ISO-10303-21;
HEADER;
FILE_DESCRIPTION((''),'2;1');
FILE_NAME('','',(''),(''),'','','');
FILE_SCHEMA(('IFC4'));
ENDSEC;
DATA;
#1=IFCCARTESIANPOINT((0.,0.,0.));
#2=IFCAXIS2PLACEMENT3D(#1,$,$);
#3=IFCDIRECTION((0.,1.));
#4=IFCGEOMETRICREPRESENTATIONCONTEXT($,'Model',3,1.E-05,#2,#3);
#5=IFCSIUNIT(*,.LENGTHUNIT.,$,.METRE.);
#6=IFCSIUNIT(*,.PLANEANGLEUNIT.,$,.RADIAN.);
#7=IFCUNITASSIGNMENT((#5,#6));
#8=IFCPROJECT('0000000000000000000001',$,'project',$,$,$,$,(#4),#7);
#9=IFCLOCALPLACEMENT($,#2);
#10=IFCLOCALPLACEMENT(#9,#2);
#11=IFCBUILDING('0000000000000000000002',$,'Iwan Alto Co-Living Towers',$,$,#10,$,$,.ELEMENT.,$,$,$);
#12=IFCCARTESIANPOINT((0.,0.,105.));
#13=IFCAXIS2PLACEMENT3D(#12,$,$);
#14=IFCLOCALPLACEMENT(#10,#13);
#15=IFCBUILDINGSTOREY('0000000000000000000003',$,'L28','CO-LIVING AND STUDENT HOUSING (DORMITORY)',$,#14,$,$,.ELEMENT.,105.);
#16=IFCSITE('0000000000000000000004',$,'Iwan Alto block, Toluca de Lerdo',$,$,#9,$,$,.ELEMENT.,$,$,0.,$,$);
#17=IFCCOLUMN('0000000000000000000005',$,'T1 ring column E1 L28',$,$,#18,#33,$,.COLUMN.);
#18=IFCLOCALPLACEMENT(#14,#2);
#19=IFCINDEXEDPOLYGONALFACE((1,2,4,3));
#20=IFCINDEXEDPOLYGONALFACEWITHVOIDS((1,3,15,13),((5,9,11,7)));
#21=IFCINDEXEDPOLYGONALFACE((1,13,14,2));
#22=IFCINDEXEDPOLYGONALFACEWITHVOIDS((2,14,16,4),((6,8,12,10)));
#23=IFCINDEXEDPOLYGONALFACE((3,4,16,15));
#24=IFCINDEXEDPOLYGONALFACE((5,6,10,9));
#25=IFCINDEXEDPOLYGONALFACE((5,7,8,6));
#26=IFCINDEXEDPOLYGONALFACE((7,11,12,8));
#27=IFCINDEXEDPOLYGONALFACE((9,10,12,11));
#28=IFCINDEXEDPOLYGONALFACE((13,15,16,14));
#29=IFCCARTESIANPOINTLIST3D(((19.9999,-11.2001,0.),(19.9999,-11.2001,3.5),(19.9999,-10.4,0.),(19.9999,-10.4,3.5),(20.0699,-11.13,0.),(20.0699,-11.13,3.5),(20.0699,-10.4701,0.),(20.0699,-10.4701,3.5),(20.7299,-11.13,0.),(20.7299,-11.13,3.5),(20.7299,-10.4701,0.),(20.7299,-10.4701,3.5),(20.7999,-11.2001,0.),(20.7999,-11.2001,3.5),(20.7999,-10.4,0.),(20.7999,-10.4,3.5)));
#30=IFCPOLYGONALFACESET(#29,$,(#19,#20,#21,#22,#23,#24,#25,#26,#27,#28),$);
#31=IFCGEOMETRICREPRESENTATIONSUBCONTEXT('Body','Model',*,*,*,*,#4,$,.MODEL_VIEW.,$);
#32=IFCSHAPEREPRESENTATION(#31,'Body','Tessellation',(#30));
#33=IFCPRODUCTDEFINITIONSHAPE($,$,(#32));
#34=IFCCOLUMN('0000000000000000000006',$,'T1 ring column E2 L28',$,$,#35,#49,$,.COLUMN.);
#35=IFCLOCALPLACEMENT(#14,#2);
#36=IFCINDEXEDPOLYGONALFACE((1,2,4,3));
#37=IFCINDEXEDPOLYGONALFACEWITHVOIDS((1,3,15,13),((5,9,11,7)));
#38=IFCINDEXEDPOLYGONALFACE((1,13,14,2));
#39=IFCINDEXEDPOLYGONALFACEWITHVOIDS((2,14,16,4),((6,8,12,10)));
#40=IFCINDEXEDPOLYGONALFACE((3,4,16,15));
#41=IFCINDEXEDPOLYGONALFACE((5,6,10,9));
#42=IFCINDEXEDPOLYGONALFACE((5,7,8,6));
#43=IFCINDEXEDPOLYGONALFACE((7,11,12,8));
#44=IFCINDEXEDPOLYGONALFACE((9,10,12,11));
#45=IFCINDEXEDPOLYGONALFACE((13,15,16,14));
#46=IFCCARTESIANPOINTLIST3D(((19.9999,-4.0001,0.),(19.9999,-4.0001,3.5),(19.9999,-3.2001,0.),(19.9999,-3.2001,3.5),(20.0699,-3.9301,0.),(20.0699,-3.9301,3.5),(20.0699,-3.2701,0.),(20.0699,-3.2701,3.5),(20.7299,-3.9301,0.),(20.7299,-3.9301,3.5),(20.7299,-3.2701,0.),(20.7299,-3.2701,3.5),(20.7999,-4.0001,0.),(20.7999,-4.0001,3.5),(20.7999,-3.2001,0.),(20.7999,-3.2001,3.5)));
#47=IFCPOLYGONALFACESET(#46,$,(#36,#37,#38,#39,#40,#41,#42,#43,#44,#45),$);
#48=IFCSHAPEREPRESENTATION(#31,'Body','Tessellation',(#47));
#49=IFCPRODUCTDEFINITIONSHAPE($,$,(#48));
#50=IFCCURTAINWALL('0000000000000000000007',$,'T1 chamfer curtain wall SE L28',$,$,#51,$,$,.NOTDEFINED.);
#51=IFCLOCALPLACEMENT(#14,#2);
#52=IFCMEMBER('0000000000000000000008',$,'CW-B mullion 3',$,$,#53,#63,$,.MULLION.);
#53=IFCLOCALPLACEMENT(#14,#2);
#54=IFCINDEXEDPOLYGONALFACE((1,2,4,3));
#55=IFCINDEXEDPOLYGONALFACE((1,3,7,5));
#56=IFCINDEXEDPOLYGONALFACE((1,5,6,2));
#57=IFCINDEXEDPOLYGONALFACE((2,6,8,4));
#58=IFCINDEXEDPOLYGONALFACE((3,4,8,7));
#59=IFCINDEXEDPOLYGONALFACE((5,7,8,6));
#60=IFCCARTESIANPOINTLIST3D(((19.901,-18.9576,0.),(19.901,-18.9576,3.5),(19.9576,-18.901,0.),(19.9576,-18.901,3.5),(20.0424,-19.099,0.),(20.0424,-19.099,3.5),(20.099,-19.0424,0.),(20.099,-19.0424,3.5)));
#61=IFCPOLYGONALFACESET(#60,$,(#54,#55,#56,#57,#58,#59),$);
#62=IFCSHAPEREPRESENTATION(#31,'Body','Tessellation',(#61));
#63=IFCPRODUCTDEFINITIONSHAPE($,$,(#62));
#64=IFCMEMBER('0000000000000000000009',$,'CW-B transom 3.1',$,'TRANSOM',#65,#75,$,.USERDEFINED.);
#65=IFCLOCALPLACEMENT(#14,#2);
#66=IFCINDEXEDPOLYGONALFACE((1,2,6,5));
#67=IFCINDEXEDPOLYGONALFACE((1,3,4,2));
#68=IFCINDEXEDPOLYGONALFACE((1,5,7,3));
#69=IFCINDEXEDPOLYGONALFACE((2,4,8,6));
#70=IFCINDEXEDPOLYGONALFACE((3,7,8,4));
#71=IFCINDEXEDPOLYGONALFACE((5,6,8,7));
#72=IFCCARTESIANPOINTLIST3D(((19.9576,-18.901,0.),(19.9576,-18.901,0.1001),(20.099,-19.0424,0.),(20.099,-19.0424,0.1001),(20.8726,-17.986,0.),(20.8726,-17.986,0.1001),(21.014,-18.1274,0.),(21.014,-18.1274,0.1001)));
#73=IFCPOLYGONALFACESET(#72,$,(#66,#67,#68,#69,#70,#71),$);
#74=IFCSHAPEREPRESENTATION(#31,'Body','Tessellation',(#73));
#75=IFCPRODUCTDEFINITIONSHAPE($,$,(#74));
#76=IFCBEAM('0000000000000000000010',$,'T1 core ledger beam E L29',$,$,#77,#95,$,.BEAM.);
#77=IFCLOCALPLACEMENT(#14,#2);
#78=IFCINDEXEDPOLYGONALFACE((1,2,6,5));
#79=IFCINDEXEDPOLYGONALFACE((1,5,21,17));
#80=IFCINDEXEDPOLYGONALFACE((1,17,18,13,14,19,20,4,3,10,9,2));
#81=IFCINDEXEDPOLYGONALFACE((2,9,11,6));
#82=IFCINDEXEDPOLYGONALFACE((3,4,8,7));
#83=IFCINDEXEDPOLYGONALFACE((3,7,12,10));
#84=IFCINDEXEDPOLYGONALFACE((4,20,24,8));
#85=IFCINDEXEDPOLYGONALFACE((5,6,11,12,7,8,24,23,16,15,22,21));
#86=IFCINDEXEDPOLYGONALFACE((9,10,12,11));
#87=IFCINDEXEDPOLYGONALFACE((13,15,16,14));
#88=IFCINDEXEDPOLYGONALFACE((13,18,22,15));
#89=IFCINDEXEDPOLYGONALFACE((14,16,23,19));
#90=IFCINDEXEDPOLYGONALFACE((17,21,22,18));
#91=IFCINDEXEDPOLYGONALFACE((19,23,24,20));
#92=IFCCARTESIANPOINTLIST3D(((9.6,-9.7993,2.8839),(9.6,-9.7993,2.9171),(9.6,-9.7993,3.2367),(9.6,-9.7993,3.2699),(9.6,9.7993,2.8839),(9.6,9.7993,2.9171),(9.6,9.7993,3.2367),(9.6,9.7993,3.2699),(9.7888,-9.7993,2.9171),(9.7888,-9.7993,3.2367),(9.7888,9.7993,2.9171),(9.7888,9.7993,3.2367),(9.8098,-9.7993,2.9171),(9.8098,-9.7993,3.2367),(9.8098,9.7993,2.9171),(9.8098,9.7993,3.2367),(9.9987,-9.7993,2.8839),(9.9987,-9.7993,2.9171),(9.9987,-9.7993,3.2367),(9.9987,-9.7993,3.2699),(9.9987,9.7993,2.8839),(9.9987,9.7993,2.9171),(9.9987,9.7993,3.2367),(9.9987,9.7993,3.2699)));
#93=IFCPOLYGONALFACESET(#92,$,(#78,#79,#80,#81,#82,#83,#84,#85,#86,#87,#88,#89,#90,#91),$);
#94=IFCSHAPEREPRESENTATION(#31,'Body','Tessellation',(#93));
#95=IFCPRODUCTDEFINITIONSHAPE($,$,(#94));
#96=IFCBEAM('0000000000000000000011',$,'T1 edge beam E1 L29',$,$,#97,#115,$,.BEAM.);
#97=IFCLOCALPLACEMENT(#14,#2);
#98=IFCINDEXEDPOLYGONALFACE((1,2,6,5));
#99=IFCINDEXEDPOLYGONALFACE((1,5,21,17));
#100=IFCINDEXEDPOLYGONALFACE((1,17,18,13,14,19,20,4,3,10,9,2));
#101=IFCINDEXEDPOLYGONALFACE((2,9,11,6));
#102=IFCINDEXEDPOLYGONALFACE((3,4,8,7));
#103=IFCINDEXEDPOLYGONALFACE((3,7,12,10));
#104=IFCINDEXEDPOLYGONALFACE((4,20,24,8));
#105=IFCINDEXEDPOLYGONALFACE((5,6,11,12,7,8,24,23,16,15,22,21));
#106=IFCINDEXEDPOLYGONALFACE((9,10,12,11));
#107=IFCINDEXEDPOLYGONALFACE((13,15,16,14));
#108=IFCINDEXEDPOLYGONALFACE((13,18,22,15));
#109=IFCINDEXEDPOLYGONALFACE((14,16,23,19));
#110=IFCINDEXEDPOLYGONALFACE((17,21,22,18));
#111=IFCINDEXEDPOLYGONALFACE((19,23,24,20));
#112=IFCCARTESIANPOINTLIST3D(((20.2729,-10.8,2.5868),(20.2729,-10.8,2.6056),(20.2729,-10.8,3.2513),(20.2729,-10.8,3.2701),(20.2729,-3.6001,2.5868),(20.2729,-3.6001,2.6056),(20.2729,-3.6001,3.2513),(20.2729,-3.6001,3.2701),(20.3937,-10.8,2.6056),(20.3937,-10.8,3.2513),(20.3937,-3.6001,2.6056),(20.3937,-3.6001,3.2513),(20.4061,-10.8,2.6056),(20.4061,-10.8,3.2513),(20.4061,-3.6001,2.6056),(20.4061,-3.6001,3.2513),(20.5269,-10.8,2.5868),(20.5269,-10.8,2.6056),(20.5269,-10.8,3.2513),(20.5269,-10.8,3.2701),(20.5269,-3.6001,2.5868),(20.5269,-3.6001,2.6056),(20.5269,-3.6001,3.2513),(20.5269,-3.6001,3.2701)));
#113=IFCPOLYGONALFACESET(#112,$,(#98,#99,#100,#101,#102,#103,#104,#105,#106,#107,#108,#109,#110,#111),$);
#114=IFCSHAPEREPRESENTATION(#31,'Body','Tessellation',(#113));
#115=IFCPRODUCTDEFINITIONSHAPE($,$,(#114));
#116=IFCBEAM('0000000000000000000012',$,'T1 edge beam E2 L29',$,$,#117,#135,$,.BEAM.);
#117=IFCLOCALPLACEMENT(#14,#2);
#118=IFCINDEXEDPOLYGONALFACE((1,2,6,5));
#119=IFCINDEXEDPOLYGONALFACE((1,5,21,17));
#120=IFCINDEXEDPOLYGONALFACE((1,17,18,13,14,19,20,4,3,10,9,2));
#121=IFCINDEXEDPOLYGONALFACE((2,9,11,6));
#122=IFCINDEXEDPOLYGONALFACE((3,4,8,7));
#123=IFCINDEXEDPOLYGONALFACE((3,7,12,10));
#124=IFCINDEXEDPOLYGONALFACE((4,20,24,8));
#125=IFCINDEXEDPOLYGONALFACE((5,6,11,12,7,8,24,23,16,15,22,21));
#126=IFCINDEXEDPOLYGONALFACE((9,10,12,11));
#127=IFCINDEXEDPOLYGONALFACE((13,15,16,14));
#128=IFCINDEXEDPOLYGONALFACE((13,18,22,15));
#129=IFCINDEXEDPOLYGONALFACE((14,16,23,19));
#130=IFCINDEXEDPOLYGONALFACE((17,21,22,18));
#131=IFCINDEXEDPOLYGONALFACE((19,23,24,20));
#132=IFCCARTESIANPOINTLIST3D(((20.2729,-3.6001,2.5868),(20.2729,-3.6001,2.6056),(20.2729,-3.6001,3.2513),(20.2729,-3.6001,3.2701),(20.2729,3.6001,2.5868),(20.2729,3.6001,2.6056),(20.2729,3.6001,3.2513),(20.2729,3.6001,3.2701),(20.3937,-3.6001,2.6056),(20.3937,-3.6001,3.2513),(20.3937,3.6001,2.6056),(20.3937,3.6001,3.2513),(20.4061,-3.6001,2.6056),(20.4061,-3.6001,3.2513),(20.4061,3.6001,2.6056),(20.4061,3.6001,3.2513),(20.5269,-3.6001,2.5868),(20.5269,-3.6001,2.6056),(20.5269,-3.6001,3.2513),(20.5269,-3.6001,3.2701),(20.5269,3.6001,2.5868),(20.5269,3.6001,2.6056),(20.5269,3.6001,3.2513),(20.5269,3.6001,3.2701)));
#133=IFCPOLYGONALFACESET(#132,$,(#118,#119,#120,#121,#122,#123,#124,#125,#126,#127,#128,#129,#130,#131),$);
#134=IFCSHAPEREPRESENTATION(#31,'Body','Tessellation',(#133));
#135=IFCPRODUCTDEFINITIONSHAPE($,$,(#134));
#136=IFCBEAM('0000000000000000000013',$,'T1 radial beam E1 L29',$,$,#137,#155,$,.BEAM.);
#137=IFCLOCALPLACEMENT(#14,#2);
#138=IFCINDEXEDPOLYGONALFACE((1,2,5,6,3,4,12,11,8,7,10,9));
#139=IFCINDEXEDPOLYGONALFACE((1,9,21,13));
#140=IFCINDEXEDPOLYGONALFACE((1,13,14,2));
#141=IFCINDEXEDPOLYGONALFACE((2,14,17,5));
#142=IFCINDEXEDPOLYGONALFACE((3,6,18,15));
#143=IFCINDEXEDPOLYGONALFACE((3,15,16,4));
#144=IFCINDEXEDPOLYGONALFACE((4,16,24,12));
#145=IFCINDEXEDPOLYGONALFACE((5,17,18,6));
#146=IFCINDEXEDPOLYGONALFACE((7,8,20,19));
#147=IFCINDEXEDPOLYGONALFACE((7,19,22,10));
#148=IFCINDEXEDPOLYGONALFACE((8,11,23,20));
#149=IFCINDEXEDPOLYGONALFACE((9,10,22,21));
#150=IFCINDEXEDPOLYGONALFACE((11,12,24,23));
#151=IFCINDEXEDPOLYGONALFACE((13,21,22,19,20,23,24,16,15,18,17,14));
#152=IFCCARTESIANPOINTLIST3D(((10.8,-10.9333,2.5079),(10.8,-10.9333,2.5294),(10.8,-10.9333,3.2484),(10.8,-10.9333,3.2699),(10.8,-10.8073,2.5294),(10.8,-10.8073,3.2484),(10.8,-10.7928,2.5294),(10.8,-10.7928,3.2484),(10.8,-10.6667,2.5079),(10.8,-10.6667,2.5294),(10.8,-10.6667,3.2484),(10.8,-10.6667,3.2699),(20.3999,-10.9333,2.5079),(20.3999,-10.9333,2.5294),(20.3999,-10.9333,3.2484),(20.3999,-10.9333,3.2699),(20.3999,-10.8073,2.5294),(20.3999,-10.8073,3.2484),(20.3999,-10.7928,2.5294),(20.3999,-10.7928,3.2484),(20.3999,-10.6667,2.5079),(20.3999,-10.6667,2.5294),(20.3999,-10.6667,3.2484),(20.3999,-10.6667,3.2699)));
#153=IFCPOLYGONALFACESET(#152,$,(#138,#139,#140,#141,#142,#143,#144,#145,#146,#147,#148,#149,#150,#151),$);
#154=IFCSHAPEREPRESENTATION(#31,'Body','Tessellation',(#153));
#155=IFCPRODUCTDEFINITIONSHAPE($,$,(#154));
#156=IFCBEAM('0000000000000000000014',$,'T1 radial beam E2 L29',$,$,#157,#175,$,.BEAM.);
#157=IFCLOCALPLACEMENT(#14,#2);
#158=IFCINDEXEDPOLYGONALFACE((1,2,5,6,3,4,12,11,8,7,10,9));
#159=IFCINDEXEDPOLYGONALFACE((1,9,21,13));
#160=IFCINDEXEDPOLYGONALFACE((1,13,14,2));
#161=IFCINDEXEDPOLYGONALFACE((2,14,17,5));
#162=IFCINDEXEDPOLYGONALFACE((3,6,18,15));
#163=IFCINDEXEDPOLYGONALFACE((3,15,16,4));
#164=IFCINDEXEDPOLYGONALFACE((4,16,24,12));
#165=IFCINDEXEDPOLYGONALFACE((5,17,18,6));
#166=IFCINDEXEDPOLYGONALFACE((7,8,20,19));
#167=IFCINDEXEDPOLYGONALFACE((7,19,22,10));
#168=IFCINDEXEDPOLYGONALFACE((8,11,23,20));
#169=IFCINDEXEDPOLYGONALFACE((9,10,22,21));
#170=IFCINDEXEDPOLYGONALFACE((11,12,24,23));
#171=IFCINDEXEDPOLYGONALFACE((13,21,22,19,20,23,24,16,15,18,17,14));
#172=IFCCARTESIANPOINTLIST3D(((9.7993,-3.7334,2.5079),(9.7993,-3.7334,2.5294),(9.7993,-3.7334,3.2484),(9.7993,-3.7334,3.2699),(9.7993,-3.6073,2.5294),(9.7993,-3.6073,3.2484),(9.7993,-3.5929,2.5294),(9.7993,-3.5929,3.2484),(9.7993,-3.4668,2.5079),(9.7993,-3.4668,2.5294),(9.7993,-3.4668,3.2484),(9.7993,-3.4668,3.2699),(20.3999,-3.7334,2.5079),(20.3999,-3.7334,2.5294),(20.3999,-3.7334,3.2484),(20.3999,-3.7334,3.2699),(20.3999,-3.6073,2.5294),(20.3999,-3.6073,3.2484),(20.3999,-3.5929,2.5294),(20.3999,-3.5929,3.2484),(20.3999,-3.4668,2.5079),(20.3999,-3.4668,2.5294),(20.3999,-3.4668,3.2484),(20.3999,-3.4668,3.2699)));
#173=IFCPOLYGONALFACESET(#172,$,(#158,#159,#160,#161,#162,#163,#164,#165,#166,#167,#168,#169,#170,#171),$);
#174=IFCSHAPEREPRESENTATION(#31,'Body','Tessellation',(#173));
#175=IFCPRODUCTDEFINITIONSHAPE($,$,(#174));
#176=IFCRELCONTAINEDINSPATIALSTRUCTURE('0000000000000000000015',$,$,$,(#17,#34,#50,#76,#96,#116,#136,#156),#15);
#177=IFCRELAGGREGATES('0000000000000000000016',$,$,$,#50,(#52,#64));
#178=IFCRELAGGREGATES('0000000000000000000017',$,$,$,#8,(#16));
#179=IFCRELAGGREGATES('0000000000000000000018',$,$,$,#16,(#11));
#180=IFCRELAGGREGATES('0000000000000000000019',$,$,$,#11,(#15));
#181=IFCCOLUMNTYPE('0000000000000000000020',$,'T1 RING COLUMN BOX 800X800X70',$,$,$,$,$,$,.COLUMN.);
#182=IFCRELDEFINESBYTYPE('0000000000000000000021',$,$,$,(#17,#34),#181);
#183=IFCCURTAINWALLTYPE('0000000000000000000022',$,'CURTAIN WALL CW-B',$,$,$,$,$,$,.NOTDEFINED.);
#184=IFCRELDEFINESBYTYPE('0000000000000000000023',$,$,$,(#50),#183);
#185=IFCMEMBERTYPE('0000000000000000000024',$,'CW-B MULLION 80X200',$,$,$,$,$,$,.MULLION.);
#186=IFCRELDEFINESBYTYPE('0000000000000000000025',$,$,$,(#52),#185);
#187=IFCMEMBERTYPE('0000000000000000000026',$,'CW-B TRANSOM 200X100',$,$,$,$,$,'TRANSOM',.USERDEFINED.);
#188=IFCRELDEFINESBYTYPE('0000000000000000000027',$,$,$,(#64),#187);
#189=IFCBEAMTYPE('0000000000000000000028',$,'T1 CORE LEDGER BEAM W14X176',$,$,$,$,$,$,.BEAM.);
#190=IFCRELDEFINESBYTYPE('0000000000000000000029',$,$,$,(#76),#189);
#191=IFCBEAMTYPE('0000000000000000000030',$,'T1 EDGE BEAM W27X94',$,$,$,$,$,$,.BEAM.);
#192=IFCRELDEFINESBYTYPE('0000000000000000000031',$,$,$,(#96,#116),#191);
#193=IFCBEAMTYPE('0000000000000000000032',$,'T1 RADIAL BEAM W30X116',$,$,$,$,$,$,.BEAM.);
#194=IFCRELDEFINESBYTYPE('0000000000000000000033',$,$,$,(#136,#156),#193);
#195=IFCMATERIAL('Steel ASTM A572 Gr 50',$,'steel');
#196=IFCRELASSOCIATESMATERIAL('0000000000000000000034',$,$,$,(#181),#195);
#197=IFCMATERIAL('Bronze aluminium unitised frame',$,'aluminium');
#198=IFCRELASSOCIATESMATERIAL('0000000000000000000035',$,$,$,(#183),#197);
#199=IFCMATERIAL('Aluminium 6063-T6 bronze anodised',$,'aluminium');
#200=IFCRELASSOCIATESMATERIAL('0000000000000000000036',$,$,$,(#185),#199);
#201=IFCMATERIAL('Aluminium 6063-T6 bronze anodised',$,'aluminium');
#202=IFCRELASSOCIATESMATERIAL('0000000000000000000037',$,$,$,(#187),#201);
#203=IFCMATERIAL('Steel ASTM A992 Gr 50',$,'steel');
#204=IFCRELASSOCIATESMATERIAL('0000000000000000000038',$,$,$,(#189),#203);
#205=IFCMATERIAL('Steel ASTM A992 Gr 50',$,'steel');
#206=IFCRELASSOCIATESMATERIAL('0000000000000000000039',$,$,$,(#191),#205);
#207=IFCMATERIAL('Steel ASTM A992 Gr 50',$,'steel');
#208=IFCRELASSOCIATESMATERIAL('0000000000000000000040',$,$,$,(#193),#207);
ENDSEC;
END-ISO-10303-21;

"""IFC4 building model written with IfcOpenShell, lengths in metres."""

from ifc_helpers import new_model, si_unit, direction, frame, origin, origin_2d, place, context, subcontext, project, spatial, rectangle, hollow_rectangle, i_section, extrude, material, material_profile, profile_set, type_object, element, aggregate, save


model = new_model("IFC4")

# Units and contexts
model_context = context("Model", 3, precision=1e-05, world=origin(), true_north=direction((0.0, 1.0)))
body_context = subcontext(model_context, "Body", "Model", "MODEL_VIEW")
ifc_project = project(units=[si_unit("LENGTHUNIT", "METRE"), si_unit("PLANEANGLEUNIT", "RADIAN")], contexts=[model_context])

# Site, building, storey
site_placement = place(None, origin())
site = spatial("IfcSite", under=ifc_project, at=site_placement, Name="Iwan Alto block, Toluca de Lerdo", CompositionType="ELEMENT", RefElevation=0.0)
building_placement = place(site_placement, origin())
building = spatial("IfcBuilding", under=site, at=building_placement, Name="Iwan Alto Co-Living Towers", CompositionType="ELEMENT")
storey_placement = place(building_placement, frame((0.0, 0.0, 105.0)))
storey = spatial("IfcBuildingStorey", under=building, at=storey_placement, Name="L28", Description="CO-LIVING AND STUDENT HOUSING (DORMITORY)", CompositionType="ELEMENT", Elevation=105.0)

# Columns
ifc_material_1 = material(Name="Steel ASTM A572 Gr 50", Category="steel")
ifc_material_profile_1 = material_profile(ifc_material_1, hollow_rectangle(XDim=0.8, YDim=0.8, WallThickness=0.0701, at=origin_2d()), Name="BOX 800X800X70")
ifc_profile_set_1 = profile_set([ifc_material_profile_1], Name="Steel ASTM A572 Gr 50")
column_type = type_object("IfcColumnType", Name="T1 RING COLUMN BOX 800X800X70", PredefinedType="COLUMN", material=ifc_profile_set_1)
for number, where, z_axis, x_axis, name in (
    (1, (20.3999, -10.8, 0.0), (0.0, 0.0, 1.0), (1.0, 0.0, 0.0), "T1 ring column E1 L28"),
    (2, (20.3999, -3.6001, 0.0), (0.0, 0.0, 1.0), (1.0, 0.0, 0.0), "T1 ring column E2 L28"),
):
    element("IfcColumn", number, at=place(storey_placement, frame(where, z_axis=z_axis, x_axis=x_axis)), inside=storey, type_object=column_type, Name=name, PredefinedType="COLUMN", context=body_context, shape_type="SweptSolid", body=[
        extrude(hollow_rectangle(XDim=0.8, YDim=0.8, WallThickness=0.0701, at=origin_2d()), origin(), (0.0, 0.0, 1.0), 3.5),
    ])

# Curtain wall, members
ifc_material_2 = material(Name="Bronze aluminium unitised frame", Category="aluminium")
curtain_wall_type = type_object("IfcCurtainWallType", Name="CURTAIN WALL CW-B", PredefinedType="NOTDEFINED", material=ifc_material_2)
curtain_wall_placement = place(storey_placement, origin())
curtain_wall = element("IfcCurtainWall", 3, at=curtain_wall_placement, inside=storey, type_object=curtain_wall_type, Name="T1 chamfer curtain wall SE L28", PredefinedType="NOTDEFINED")
ifc_material_3 = material(Name="Aluminium 6063-T6 bronze anodised", Category="aluminium")
ifc_material_profile_2 = material_profile(ifc_material_3, rectangle(XDim=0.2, YDim=0.0801, at=origin_2d()), Name="AL 80X200")
ifc_profile_set_2 = profile_set([ifc_material_profile_2], Name="Aluminium 6063-T6 bronze anodised")
member_type_1 = type_object("IfcMemberType", Name="CW-B MULLION 80X200", PredefinedType="MULLION", material=ifc_profile_set_2)
member_1_placement = place(storey_placement, frame((20.0, -19.0, 0.0), z_axis=(0.0, 0.0, 1.0), x_axis=(-0.707107, 0.707107, 0.0)))
member_1 = element("IfcMember", 4, at=member_1_placement, type_object=member_type_1, Name="CW-B mullion 3", PredefinedType="MULLION", context=body_context, shape_type="SweptSolid", body=[
    extrude(rectangle(XDim=0.2, YDim=0.0801, at=origin_2d()), origin(), (0.0, 0.0, 1.0), 3.5),
])
ifc_material_4 = material(Name="Aluminium 6063-T6 bronze anodised", Category="aluminium")
ifc_material_profile_3 = material_profile(ifc_material_4, rectangle(XDim=0.2, YDim=0.1001, at=origin_2d()), Name="AL 200X100")
ifc_profile_set_3 = profile_set([ifc_material_profile_3], Name="Aluminium 6063-T6 bronze anodised")
member_type_2 = type_object("IfcMemberType", Name="CW-B TRANSOM 200X100", ElementType="TRANSOM", PredefinedType="USERDEFINED", material=ifc_profile_set_3)
member_2_placement = place(storey_placement, frame((20.0283, -18.9717, 0.05), z_axis=(0.707107, 0.707107, 0.0), x_axis=(-0.707107, 0.707107, 0.0)))
member_2 = element("IfcMember", 5, at=member_2_placement, type_object=member_type_2, Name="CW-B transom 3.1", ObjectType="TRANSOM", PredefinedType="USERDEFINED", context=body_context, shape_type="SweptSolid", body=[
    extrude(rectangle(XDim=0.2, YDim=0.1001, at=origin_2d()), origin(), (0.0, 0.0, 1.0), 1.2939),
])
aggregate(curtain_wall, [member_1, member_2])

# Beams
ifc_material_5 = material(Name="Steel ASTM A992 Gr 50", Category="steel")
ifc_material_profile_4 = material_profile(ifc_material_5, i_section(OverallWidth=0.3987, OverallDepth=0.386, WebThickness=0.021, FlangeThickness=0.0332, at=origin_2d()), Name="W14X176")
ifc_profile_set_4 = profile_set([ifc_material_profile_4], Name="Steel ASTM A992 Gr 50")
beam_type_1 = type_object("IfcBeamType", Name="T1 CORE LEDGER BEAM W14X176", PredefinedType="BEAM", material=ifc_profile_set_4)
beam_1_placement = place(storey_placement, frame((9.7993, -9.7993, 3.0769), z_axis=(0.0, 1.0, 0.0), x_axis=(-1.0, 0.0, 0.0)))
element("IfcBeam", 6, at=beam_1_placement, inside=storey, type_object=beam_type_1, Name="T1 core ledger beam E L29", PredefinedType="BEAM", context=body_context, shape_type="SweptSolid", body=[
    extrude(i_section(OverallWidth=0.3987, OverallDepth=0.386, WebThickness=0.021, FlangeThickness=0.0332, at=origin_2d()), origin(), (0.0, 0.0, 1.0), 19.5986),
])
ifc_material_6 = material(Name="Steel ASTM A992 Gr 50", Category="steel")
ifc_material_profile_5 = material_profile(ifc_material_6, i_section(OverallWidth=0.2539, OverallDepth=0.6833, WebThickness=0.0125, FlangeThickness=0.0188, at=origin_2d()), Name="W27X94")
ifc_profile_set_5 = profile_set([ifc_material_profile_5], Name="Steel ASTM A992 Gr 50")
beam_type_2 = type_object("IfcBeamType", Name="T1 EDGE BEAM W27X94", PredefinedType="BEAM", material=ifc_profile_set_5)
beam_2_placement = place(storey_placement, frame((20.3999, -10.8, 2.9285), z_axis=(0.0, 1.0, 0.0), x_axis=(-1.0, 0.0, 0.0)))
element("IfcBeam", 7, at=beam_2_placement, inside=storey, type_object=beam_type_2, Name="T1 edge beam E1 L29", PredefinedType="BEAM", context=body_context, shape_type="SweptSolid", body=[
    extrude(i_section(OverallWidth=0.2539, OverallDepth=0.6833, WebThickness=0.0125, FlangeThickness=0.0188, at=origin_2d()), origin(), (0.0, 0.0, 1.0), 7.2),
])
beam_3_placement = place(storey_placement, frame((20.3999, -3.6001, 2.9285), z_axis=(0.0, 1.0, 0.0), x_axis=(-1.0, 0.0, 0.0)))
element("IfcBeam", 8, at=beam_3_placement, inside=storey, type_object=beam_type_2, Name="T1 edge beam E2 L29", PredefinedType="BEAM", context=body_context, shape_type="SweptSolid", body=[
    extrude(i_section(OverallWidth=0.2539, OverallDepth=0.6833, WebThickness=0.0125, FlangeThickness=0.0188, at=origin_2d()), origin(), (0.0, 0.0, 1.0), 7.2002),
])
ifc_material_7 = material(Name="Steel ASTM A992 Gr 50", Category="steel")
ifc_material_profile_6 = material_profile(ifc_material_7, i_section(OverallWidth=0.2666, OverallDepth=0.762, WebThickness=0.0144, FlangeThickness=0.0215, at=origin_2d()), Name="W30X116")
ifc_profile_set_6 = profile_set([ifc_material_profile_6], Name="Steel ASTM A992 Gr 50")
beam_type_3 = type_object("IfcBeamType", Name="T1 RADIAL BEAM W30X116", PredefinedType="BEAM", material=ifc_profile_set_6)
beam_4_placement = place(storey_placement, frame((20.3999, -10.8, 2.8889), z_axis=(-1.0, 0.0, 0.0), x_axis=(0.0, -1.0, 0.0)))
element("IfcBeam", 9, at=beam_4_placement, inside=storey, type_object=beam_type_3, Name="T1 radial beam E1 L29", PredefinedType="BEAM", context=body_context, shape_type="SweptSolid", body=[
    extrude(i_section(OverallWidth=0.2666, OverallDepth=0.762, WebThickness=0.0144, FlangeThickness=0.0215, at=origin_2d()), origin(), (0.0, 0.0, 1.0), 9.5999),
])
beam_5_placement = place(storey_placement, frame((20.3999, -3.6001, 2.8889), z_axis=(-1.0, 0.0, 0.0), x_axis=(0.0, -1.0, 0.0)))
element("IfcBeam", 10, at=beam_5_placement, inside=storey, type_object=beam_type_3, Name="T1 radial beam E2 L29", PredefinedType="BEAM", context=body_context, shape_type="SweptSolid", body=[
    extrude(i_section(OverallWidth=0.2666, OverallDepth=0.762, WebThickness=0.0144, FlangeThickness=0.0215, at=origin_2d()), origin(), (0.0, 0.0, 1.0), 10.6006),
])

save(model, "model.ifc")
